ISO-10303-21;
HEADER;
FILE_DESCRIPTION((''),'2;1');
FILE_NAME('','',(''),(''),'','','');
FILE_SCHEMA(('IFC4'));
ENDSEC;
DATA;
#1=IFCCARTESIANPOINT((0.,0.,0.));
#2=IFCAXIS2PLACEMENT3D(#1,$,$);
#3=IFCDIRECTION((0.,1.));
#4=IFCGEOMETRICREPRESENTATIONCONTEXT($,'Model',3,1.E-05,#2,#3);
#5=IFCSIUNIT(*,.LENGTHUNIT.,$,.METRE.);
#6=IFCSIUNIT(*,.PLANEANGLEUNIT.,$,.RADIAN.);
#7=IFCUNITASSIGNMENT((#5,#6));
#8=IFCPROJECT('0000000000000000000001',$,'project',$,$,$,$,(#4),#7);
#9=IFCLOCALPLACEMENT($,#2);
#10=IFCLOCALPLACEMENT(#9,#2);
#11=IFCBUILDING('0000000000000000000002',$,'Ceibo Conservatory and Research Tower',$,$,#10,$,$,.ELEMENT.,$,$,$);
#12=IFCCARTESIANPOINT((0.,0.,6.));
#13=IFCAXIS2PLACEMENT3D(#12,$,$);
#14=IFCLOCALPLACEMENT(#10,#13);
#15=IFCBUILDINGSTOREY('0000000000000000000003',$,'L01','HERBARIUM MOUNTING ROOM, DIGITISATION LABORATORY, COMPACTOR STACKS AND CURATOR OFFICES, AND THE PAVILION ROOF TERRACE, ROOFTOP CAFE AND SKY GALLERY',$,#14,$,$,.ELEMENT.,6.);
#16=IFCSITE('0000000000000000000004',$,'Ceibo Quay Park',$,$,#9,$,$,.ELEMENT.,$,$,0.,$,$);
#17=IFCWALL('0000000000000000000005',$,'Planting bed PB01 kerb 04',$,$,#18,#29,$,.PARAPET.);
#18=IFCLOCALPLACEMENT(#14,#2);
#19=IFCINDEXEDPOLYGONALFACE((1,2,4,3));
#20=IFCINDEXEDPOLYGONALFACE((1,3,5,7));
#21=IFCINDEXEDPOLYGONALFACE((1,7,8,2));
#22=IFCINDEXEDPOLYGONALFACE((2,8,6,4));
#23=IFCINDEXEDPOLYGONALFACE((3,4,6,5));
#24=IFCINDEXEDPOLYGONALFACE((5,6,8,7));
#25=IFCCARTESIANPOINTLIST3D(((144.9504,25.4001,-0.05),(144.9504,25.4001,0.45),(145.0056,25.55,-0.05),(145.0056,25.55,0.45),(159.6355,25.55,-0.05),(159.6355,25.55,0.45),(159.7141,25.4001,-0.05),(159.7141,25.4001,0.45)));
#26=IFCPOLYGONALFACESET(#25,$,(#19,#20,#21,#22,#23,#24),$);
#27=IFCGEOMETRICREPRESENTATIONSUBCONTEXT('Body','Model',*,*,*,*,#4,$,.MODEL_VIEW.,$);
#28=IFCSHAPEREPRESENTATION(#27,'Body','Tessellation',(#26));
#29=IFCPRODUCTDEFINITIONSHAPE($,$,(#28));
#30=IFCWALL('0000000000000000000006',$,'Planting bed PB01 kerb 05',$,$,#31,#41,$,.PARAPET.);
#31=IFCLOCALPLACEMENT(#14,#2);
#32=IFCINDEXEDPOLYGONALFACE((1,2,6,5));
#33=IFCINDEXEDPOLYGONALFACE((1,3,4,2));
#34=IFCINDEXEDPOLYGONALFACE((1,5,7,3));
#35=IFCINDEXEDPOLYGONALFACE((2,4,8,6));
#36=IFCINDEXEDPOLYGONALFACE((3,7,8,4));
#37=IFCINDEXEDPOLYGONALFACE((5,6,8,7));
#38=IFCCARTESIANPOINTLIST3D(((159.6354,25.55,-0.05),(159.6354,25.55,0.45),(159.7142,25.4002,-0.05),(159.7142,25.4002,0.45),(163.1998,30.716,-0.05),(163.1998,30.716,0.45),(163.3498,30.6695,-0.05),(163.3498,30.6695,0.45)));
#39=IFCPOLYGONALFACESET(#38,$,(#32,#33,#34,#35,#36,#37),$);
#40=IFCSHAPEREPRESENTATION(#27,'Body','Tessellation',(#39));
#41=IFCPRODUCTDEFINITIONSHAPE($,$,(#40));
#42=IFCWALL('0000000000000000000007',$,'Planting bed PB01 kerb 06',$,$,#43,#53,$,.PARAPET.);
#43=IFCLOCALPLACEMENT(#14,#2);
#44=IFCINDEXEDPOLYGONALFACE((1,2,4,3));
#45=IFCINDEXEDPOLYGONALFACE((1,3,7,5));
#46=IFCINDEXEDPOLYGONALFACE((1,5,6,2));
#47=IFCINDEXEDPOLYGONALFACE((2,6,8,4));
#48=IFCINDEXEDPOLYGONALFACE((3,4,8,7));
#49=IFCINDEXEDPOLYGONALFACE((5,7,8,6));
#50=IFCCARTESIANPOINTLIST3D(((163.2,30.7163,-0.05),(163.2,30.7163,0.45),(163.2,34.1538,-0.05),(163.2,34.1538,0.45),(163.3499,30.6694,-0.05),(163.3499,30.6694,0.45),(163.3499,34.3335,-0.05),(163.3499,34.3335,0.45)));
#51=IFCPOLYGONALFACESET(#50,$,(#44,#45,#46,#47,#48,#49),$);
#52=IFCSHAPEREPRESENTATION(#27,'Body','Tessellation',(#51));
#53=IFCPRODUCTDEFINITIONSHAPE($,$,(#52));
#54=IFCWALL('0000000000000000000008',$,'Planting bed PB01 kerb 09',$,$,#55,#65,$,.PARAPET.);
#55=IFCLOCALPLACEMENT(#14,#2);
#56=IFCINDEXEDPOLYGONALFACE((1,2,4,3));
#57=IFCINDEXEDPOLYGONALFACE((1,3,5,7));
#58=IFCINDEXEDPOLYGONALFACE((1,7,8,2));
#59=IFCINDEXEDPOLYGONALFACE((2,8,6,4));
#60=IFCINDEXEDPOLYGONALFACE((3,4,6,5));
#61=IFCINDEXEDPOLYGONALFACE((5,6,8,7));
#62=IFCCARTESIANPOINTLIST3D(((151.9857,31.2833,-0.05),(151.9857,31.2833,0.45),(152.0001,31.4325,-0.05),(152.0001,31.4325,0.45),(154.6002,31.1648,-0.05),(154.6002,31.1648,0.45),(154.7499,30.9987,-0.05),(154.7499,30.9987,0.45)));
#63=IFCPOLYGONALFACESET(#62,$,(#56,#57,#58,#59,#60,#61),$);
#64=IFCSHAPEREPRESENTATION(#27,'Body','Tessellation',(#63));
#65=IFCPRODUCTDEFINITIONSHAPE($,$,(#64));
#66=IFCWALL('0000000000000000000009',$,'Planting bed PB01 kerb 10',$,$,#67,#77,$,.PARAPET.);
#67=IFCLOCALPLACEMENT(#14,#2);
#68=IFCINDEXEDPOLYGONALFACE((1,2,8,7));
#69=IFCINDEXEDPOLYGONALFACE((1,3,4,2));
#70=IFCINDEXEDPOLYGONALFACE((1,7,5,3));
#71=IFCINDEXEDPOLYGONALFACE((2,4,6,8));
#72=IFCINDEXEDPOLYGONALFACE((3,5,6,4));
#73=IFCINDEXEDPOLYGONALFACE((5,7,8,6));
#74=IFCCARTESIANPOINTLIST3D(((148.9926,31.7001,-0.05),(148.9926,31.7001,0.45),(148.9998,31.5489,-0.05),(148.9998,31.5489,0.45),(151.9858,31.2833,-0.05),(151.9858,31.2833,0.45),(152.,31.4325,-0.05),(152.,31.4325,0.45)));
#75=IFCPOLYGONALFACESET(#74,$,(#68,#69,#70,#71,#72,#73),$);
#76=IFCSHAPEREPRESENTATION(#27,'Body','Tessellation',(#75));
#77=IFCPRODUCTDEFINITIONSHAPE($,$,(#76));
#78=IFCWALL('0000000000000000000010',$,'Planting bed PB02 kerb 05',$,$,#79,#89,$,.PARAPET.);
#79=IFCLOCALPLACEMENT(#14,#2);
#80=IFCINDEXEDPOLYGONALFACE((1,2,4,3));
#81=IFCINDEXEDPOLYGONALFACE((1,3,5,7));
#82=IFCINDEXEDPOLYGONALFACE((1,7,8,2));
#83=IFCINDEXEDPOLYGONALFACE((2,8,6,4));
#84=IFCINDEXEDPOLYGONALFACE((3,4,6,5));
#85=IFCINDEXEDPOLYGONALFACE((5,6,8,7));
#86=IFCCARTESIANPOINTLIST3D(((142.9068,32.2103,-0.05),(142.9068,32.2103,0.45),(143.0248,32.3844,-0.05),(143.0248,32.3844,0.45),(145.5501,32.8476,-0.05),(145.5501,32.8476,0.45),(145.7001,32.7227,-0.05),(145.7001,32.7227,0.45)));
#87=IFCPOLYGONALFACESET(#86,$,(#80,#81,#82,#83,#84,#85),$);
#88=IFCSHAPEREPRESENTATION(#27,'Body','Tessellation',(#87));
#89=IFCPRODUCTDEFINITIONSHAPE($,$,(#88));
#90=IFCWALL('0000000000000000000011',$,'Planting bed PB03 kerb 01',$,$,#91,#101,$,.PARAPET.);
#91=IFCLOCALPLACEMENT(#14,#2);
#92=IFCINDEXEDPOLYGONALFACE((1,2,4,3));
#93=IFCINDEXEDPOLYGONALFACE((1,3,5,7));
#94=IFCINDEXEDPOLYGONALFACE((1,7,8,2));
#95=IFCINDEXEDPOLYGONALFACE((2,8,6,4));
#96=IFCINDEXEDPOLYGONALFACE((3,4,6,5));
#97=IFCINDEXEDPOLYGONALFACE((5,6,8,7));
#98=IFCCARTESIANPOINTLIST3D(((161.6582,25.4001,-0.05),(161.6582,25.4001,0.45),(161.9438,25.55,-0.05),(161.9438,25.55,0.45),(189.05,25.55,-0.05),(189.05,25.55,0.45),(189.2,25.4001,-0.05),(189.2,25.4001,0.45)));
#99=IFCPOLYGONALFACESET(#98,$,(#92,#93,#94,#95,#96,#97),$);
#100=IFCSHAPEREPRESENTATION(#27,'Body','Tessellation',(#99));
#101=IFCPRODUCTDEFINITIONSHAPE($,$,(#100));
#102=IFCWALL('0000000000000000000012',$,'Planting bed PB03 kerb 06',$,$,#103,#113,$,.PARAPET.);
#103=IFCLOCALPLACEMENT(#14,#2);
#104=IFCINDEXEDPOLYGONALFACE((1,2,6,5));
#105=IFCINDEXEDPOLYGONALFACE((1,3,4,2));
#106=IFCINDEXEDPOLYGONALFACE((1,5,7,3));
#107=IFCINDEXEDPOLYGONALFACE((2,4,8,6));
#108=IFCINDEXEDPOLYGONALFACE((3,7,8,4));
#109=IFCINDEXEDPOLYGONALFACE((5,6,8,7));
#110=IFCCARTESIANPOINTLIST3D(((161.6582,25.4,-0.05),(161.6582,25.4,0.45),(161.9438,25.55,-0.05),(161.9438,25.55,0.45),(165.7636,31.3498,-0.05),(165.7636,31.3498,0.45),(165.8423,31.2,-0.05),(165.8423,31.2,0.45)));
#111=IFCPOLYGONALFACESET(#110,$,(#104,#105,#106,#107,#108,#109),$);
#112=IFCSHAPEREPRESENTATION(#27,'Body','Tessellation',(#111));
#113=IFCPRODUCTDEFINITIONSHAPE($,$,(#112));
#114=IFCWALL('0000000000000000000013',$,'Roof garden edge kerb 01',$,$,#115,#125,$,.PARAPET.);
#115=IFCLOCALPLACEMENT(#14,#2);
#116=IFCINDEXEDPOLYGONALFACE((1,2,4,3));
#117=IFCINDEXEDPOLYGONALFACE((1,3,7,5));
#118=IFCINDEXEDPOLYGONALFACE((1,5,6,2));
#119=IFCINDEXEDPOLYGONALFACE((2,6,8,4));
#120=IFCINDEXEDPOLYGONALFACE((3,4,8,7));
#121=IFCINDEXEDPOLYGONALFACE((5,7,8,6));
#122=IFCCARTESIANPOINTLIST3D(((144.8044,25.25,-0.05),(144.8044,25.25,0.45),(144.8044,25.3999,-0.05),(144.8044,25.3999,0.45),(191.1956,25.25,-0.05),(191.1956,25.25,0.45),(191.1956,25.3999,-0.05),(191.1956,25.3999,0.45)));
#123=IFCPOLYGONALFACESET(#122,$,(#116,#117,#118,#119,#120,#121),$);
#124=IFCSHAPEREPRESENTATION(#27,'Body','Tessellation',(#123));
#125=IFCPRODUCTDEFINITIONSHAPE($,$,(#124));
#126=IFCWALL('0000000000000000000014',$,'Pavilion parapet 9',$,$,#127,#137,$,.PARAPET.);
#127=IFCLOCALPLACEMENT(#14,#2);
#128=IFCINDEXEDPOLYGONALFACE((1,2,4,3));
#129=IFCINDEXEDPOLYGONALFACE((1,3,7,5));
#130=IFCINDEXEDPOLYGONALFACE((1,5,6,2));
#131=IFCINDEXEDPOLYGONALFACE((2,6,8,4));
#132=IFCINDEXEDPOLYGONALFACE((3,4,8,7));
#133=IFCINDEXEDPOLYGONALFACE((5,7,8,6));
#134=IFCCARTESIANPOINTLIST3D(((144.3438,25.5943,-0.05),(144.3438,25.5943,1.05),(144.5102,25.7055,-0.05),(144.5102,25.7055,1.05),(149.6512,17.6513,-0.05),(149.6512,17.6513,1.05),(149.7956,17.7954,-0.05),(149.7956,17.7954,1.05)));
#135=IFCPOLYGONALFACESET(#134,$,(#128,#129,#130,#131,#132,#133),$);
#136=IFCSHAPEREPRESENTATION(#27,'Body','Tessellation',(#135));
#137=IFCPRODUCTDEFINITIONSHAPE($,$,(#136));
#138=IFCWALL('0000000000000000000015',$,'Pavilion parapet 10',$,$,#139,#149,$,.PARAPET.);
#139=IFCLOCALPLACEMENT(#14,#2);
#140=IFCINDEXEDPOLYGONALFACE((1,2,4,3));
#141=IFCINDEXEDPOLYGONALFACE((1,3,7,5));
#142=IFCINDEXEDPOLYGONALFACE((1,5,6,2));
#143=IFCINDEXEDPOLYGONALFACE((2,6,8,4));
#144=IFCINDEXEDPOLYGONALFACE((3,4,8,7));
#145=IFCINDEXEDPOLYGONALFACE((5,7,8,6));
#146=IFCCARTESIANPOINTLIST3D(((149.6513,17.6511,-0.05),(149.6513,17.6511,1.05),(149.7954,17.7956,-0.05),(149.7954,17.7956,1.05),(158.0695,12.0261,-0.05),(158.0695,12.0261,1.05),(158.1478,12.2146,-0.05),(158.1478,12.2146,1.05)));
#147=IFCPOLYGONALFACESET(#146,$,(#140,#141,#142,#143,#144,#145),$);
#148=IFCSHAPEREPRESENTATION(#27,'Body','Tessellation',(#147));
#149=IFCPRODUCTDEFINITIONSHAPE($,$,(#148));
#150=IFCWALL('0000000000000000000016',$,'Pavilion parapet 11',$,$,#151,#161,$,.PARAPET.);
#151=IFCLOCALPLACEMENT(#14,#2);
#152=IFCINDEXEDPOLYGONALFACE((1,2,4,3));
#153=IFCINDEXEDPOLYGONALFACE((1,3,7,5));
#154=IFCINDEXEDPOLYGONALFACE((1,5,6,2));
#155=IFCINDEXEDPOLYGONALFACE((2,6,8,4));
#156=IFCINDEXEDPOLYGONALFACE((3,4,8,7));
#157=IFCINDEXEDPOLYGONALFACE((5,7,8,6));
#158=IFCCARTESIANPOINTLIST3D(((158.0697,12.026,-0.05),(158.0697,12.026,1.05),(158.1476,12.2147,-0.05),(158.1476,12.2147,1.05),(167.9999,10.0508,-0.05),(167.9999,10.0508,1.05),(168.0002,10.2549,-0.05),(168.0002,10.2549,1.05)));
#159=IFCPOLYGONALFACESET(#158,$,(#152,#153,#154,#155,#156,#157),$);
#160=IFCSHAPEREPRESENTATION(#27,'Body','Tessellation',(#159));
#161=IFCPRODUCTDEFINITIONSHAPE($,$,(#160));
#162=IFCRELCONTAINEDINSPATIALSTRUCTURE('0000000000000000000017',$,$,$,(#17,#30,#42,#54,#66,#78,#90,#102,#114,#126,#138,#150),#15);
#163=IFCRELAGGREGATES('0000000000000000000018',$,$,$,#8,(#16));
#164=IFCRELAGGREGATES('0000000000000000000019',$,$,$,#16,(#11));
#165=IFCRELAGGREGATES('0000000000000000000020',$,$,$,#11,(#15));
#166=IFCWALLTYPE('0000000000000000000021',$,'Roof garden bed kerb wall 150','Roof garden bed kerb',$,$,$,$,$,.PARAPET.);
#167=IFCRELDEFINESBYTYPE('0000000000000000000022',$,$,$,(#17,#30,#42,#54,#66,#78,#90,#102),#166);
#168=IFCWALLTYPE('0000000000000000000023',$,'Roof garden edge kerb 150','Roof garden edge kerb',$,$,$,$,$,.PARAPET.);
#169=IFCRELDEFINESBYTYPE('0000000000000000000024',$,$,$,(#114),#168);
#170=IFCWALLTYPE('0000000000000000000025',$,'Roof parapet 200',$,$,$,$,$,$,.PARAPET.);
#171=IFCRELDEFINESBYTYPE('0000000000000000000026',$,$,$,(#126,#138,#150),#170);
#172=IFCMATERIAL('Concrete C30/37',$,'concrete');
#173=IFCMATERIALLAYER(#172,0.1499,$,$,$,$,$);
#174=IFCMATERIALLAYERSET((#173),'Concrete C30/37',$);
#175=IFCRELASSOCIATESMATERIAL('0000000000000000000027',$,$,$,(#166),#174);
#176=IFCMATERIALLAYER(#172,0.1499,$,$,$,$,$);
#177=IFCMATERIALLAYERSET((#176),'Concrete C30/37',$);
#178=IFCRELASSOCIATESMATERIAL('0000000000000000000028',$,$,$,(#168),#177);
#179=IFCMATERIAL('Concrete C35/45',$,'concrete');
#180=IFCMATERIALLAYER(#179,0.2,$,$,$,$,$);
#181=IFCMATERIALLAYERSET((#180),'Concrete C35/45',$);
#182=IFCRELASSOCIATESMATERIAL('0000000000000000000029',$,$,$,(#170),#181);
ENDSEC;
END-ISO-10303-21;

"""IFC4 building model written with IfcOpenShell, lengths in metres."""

from ifc_helpers import new_model, si_unit, direction, frame, frame_2d, origin, place, context, subcontext, project, spatial, polyline, rectangle, outline, extrude, material, layer, layer_set, type_object, element, save


model = new_model("IFC4")

# Units and contexts
model_context = context("Model", 3, precision=1e-05, world=origin(), true_north=direction((0.0, 1.0)))
body_context = subcontext(model_context, "Body", "Model", "MODEL_VIEW")
ifc_project = project(units=[si_unit("LENGTHUNIT", "METRE"), si_unit("PLANEANGLEUNIT", "RADIAN")], contexts=[model_context])

# Site, building, storey
site_placement = place(None, origin())
site = spatial("IfcSite", under=ifc_project, at=site_placement, Name="Ceibo Quay Park", CompositionType="ELEMENT", RefElevation=0.0)
building_placement = place(site_placement, origin())
building = spatial("IfcBuilding", under=site, at=building_placement, Name="Ceibo Conservatory and Research Tower", CompositionType="ELEMENT")
storey_placement = place(building_placement, frame((0.0, 0.0, 6.0)))
storey = spatial("IfcBuildingStorey", under=building, at=storey_placement, Name="L01", Description="HERBARIUM MOUNTING ROOM, DIGITISATION LABORATORY, COMPACTOR STACKS AND CURATOR OFFICES, AND THE PAVILION ROOF TERRACE, ROOFTOP CAFE AND SKY GALLERY", CompositionType="ELEMENT", Elevation=6.0)

# Shared definitions
ifc_material_1 = material(Name="Concrete C35/45", Category="concrete")

# Walls
ifc_material_2 = material(Name="Concrete C30/37", Category="concrete")
ifc_layer_1 = layer(ifc_material_2, 0.1499)
ifc_layer_set_1 = layer_set([ifc_layer_1], Name="Concrete C30/37")
wall_type_1 = type_object("IfcWallType", Name="Roof garden bed kerb wall 150", Description="Roof garden bed kerb", PredefinedType="PARAPET", material=ifc_layer_set_1)
wall_1_placement = place(storey_placement, frame((144.978, 25.4751, -0.05), z_axis=(0.0, 0.0, 1.0), x_axis=(1.0, 0.0, 0.0)))
element("IfcWall", 1, at=wall_1_placement, inside=storey, type_object=wall_type_1, Name="Planting bed PB01 kerb 04", PredefinedType="PARAPET", context=body_context, shape_type="SweptSolid", body=[
    extrude(outline(polyline([(-0.0276, -0.075), (14.7361, -0.075), (14.6575, 0.075), (0.0276, 0.075), (-0.0276, -0.075)])), origin(), (0.0, 0.0, 1.0), 0.5),
])
wall_2_placement = place(storey_placement, frame((159.6748, 25.4751, -0.05), z_axis=(0.0, 0.0, 1.0), x_axis=(0.567908, 0.823092, 0.0)))
element("IfcWall", 2, at=wall_2_placement, inside=storey, type_object=wall_type_1, Name="Planting bed PB01 kerb 05", PredefinedType="PARAPET", context=body_context, shape_type="SweptSolid", body=[
    extrude(outline(polyline([(-0.0393, -0.075), (6.3625, -0.075), (6.3157, 0.075), (0.0393, 0.075), (-0.0393, -0.075)])), origin(), (0.0, 0.0, 1.0), 0.5),
])
wall_3_placement = place(storey_placement, frame((163.2749, 30.6929, -0.05), z_axis=(0.0, 0.0, 1.0), x_axis=(0.0, 1.0, 0.0)))
element("IfcWall", 3, at=wall_3_placement, inside=storey, type_object=wall_type_1, Name="Planting bed PB01 kerb 06", PredefinedType="PARAPET", context=body_context, shape_type="SweptSolid", body=[
    extrude(outline(polyline([(-0.0234, -0.075), (3.6406, -0.075), (3.4609, 0.075), (0.0234, 0.075), (-0.0234, -0.075)])), origin(), (0.0, 0.0, 1.0), 0.5),
])
wall_4_placement = place(storey_placement, frame((154.675, 31.0818, -0.05), z_axis=(0.0, 0.0, 1.0), x_axis=(-0.994742, 0.102408, 0.0)))
element("IfcWall", 4, at=wall_4_placement, inside=storey, type_object=wall_type_1, Name="Planting bed PB01 kerb 09", PredefinedType="PARAPET", context=body_context, shape_type="SweptSolid", body=[
    extrude(outline(polyline([(0.083, -0.075), (2.6968, -0.075), (2.6958, 0.075), (-0.083, 0.075), (0.083, -0.075)])), origin(), (0.0, 0.0, 1.0), 0.5),
])
wall_5_placement = place(storey_placement, frame((151.9929, 31.3579, -0.05), z_axis=(0.0, 0.0, 1.0), x_axis=(-0.996066, 0.088611, 0.0)))
element("IfcWall", 5, at=wall_5_placement, inside=storey, type_object=wall_type_1, Name="Planting bed PB01 kerb 10", PredefinedType="PARAPET", context=body_context, shape_type="SweptSolid", body=[
    extrude(outline(polyline([(-0.0005, -0.075), (3.0188, -0.075), (2.9983, 0.075), (0.0005, 0.075), (-0.0005, -0.075)])), origin(), (0.0, 0.0, 1.0), 0.5),
])
wall_6_placement = place(storey_placement, frame((142.9658, 32.2974, -0.05), z_axis=(0.0, 0.0, 1.0), x_axis=(0.983588, 0.180427, 0.0)))
element("IfcWall", 6, at=wall_6_placement, inside=storey, type_object=wall_type_1, Name="Planting bed PB02 kerb 05", PredefinedType="PARAPET", context=body_context, shape_type="SweptSolid", body=[
    extrude(outline(polyline([(-0.0737, -0.075), (2.7661, -0.075), (2.6411, 0.075), (0.0737, 0.075), (-0.0737, -0.075)])), origin(), (0.0, 0.0, 1.0), 0.5),
])
wall_7_placement = place(storey_placement, frame((161.801, 25.4751, -0.05), z_axis=(0.0, 0.0, 1.0), x_axis=(1.0, 0.0, 0.0)))
element("IfcWall", 7, at=wall_7_placement, inside=storey, type_object=wall_type_1, Name="Planting bed PB03 kerb 01", PredefinedType="PARAPET", context=body_context, shape_type="SweptSolid", body=[
    extrude(outline(polyline([(-0.1428, -0.075), (27.3989, -0.075), (27.249, 0.075), (0.1428, 0.075), (-0.1428, -0.075)])), origin(), (0.0, 0.0, 1.0), 0.5),
])
wall_8_placement = place(storey_placement, frame((165.803, 31.2749, -0.05), z_axis=(0.0, 0.0, 1.0), x_axis=(-0.567934, -0.823074, 0.0)))
element("IfcWall", 8, at=wall_8_placement, inside=storey, type_object=wall_type_1, Name="Planting bed PB03 kerb 06", PredefinedType="PARAPET", context=body_context, shape_type="SweptSolid", body=[
    extrude(outline(polyline([(-0.0393, -0.075), (7.1895, -0.075), (6.9038, 0.075), (0.0393, 0.075), (-0.0393, -0.075)])), origin(), (0.0, 0.0, 1.0), 0.5),
])
ifc_layer_2 = layer(ifc_material_2, 0.1499)
ifc_layer_set_2 = layer_set([ifc_layer_2], Name="Concrete C30/37")
wall_type_2 = type_object("IfcWallType", Name="Roof garden edge kerb 150", Description="Roof garden edge kerb", PredefinedType="PARAPET", material=ifc_layer_set_2)
wall_9_placement = place(storey_placement, frame((144.8044, 25.325, -0.05), z_axis=(0.0, 0.0, 1.0), x_axis=(1.0, 0.0, 0.0)))
element("IfcWall", 9, at=wall_9_placement, inside=storey, type_object=wall_type_2, Name="Roof garden edge kerb 01", PredefinedType="PARAPET", context=body_context, shape_type="SweptSolid", body=[
    extrude(rectangle(XDim=46.3911, YDim=0.1499, at=frame_2d((23.1956, 0.0))), origin(), (0.0, 0.0, 1.0), 0.5),
])
ifc_layer_3 = layer(ifc_material_1, 0.2)
ifc_layer_set_3 = layer_set([ifc_layer_3], Name="Concrete C35/45")
wall_type_3 = type_object("IfcWallType", Name="Roof parapet 200", PredefinedType="PARAPET", material=ifc_layer_set_3)
wall_10_placement = place(storey_placement, frame((144.427, 25.6499, -0.05), z_axis=(0.0, 0.0, 1.0), x_axis=(0.555575, -0.831467, 0.0)))
element("IfcWall", 10, at=wall_10_placement, inside=storey, type_object=wall_type_3, Name="Pavilion parapet 9", PredefinedType="PARAPET", context=body_context, shape_type="SweptSolid", body=[
    extrude(outline(polyline([(0.0, -0.1001), (9.553, -0.1001), (9.5134, 0.1001), (0.0, 0.1001), (0.0, -0.1001)])), origin(), (0.0, 0.0, 1.0), 1.1001),
])
wall_11_placement = place(storey_placement, frame((149.7234, 17.7234, -0.05), z_axis=(0.0, 0.0, 1.0), x_axis=(0.831461, -0.555583, 0.0)))
element("IfcWall", 11, at=wall_11_placement, inside=storey, type_object=wall_type_3, Name="Pavilion parapet 10", PredefinedType="PARAPET", context=body_context, shape_type="SweptSolid", body=[
    extrude(outline(polyline([(-0.0198, -0.1001), (10.1047, -0.1001), (10.0652, 0.1001), (0.0198, 0.1001), (-0.0198, -0.1001)])), origin(), (0.0, 0.0, 1.0), 1.1001),
])
wall_12_placement = place(storey_placement, frame((158.1086, 12.1204, -0.05), z_axis=(0.0, 0.0, 1.0), x_axis=(0.980785, -0.195092, 0.0)))
element("IfcWall", 12, at=wall_12_placement, inside=storey, type_object=wall_type_3, Name="Pavilion parapet 11", PredefinedType="PARAPET", context=body_context, shape_type="SweptSolid", body=[
    extrude(outline(polyline([(-0.0198, -0.1001), (10.105, -0.1001), (10.0654, 0.1001), (0.0198, 0.1001), (-0.0198, -0.1001)])), origin(), (0.0, 0.0, 1.0), 1.1001),
])

save(model, "model.ifc")
